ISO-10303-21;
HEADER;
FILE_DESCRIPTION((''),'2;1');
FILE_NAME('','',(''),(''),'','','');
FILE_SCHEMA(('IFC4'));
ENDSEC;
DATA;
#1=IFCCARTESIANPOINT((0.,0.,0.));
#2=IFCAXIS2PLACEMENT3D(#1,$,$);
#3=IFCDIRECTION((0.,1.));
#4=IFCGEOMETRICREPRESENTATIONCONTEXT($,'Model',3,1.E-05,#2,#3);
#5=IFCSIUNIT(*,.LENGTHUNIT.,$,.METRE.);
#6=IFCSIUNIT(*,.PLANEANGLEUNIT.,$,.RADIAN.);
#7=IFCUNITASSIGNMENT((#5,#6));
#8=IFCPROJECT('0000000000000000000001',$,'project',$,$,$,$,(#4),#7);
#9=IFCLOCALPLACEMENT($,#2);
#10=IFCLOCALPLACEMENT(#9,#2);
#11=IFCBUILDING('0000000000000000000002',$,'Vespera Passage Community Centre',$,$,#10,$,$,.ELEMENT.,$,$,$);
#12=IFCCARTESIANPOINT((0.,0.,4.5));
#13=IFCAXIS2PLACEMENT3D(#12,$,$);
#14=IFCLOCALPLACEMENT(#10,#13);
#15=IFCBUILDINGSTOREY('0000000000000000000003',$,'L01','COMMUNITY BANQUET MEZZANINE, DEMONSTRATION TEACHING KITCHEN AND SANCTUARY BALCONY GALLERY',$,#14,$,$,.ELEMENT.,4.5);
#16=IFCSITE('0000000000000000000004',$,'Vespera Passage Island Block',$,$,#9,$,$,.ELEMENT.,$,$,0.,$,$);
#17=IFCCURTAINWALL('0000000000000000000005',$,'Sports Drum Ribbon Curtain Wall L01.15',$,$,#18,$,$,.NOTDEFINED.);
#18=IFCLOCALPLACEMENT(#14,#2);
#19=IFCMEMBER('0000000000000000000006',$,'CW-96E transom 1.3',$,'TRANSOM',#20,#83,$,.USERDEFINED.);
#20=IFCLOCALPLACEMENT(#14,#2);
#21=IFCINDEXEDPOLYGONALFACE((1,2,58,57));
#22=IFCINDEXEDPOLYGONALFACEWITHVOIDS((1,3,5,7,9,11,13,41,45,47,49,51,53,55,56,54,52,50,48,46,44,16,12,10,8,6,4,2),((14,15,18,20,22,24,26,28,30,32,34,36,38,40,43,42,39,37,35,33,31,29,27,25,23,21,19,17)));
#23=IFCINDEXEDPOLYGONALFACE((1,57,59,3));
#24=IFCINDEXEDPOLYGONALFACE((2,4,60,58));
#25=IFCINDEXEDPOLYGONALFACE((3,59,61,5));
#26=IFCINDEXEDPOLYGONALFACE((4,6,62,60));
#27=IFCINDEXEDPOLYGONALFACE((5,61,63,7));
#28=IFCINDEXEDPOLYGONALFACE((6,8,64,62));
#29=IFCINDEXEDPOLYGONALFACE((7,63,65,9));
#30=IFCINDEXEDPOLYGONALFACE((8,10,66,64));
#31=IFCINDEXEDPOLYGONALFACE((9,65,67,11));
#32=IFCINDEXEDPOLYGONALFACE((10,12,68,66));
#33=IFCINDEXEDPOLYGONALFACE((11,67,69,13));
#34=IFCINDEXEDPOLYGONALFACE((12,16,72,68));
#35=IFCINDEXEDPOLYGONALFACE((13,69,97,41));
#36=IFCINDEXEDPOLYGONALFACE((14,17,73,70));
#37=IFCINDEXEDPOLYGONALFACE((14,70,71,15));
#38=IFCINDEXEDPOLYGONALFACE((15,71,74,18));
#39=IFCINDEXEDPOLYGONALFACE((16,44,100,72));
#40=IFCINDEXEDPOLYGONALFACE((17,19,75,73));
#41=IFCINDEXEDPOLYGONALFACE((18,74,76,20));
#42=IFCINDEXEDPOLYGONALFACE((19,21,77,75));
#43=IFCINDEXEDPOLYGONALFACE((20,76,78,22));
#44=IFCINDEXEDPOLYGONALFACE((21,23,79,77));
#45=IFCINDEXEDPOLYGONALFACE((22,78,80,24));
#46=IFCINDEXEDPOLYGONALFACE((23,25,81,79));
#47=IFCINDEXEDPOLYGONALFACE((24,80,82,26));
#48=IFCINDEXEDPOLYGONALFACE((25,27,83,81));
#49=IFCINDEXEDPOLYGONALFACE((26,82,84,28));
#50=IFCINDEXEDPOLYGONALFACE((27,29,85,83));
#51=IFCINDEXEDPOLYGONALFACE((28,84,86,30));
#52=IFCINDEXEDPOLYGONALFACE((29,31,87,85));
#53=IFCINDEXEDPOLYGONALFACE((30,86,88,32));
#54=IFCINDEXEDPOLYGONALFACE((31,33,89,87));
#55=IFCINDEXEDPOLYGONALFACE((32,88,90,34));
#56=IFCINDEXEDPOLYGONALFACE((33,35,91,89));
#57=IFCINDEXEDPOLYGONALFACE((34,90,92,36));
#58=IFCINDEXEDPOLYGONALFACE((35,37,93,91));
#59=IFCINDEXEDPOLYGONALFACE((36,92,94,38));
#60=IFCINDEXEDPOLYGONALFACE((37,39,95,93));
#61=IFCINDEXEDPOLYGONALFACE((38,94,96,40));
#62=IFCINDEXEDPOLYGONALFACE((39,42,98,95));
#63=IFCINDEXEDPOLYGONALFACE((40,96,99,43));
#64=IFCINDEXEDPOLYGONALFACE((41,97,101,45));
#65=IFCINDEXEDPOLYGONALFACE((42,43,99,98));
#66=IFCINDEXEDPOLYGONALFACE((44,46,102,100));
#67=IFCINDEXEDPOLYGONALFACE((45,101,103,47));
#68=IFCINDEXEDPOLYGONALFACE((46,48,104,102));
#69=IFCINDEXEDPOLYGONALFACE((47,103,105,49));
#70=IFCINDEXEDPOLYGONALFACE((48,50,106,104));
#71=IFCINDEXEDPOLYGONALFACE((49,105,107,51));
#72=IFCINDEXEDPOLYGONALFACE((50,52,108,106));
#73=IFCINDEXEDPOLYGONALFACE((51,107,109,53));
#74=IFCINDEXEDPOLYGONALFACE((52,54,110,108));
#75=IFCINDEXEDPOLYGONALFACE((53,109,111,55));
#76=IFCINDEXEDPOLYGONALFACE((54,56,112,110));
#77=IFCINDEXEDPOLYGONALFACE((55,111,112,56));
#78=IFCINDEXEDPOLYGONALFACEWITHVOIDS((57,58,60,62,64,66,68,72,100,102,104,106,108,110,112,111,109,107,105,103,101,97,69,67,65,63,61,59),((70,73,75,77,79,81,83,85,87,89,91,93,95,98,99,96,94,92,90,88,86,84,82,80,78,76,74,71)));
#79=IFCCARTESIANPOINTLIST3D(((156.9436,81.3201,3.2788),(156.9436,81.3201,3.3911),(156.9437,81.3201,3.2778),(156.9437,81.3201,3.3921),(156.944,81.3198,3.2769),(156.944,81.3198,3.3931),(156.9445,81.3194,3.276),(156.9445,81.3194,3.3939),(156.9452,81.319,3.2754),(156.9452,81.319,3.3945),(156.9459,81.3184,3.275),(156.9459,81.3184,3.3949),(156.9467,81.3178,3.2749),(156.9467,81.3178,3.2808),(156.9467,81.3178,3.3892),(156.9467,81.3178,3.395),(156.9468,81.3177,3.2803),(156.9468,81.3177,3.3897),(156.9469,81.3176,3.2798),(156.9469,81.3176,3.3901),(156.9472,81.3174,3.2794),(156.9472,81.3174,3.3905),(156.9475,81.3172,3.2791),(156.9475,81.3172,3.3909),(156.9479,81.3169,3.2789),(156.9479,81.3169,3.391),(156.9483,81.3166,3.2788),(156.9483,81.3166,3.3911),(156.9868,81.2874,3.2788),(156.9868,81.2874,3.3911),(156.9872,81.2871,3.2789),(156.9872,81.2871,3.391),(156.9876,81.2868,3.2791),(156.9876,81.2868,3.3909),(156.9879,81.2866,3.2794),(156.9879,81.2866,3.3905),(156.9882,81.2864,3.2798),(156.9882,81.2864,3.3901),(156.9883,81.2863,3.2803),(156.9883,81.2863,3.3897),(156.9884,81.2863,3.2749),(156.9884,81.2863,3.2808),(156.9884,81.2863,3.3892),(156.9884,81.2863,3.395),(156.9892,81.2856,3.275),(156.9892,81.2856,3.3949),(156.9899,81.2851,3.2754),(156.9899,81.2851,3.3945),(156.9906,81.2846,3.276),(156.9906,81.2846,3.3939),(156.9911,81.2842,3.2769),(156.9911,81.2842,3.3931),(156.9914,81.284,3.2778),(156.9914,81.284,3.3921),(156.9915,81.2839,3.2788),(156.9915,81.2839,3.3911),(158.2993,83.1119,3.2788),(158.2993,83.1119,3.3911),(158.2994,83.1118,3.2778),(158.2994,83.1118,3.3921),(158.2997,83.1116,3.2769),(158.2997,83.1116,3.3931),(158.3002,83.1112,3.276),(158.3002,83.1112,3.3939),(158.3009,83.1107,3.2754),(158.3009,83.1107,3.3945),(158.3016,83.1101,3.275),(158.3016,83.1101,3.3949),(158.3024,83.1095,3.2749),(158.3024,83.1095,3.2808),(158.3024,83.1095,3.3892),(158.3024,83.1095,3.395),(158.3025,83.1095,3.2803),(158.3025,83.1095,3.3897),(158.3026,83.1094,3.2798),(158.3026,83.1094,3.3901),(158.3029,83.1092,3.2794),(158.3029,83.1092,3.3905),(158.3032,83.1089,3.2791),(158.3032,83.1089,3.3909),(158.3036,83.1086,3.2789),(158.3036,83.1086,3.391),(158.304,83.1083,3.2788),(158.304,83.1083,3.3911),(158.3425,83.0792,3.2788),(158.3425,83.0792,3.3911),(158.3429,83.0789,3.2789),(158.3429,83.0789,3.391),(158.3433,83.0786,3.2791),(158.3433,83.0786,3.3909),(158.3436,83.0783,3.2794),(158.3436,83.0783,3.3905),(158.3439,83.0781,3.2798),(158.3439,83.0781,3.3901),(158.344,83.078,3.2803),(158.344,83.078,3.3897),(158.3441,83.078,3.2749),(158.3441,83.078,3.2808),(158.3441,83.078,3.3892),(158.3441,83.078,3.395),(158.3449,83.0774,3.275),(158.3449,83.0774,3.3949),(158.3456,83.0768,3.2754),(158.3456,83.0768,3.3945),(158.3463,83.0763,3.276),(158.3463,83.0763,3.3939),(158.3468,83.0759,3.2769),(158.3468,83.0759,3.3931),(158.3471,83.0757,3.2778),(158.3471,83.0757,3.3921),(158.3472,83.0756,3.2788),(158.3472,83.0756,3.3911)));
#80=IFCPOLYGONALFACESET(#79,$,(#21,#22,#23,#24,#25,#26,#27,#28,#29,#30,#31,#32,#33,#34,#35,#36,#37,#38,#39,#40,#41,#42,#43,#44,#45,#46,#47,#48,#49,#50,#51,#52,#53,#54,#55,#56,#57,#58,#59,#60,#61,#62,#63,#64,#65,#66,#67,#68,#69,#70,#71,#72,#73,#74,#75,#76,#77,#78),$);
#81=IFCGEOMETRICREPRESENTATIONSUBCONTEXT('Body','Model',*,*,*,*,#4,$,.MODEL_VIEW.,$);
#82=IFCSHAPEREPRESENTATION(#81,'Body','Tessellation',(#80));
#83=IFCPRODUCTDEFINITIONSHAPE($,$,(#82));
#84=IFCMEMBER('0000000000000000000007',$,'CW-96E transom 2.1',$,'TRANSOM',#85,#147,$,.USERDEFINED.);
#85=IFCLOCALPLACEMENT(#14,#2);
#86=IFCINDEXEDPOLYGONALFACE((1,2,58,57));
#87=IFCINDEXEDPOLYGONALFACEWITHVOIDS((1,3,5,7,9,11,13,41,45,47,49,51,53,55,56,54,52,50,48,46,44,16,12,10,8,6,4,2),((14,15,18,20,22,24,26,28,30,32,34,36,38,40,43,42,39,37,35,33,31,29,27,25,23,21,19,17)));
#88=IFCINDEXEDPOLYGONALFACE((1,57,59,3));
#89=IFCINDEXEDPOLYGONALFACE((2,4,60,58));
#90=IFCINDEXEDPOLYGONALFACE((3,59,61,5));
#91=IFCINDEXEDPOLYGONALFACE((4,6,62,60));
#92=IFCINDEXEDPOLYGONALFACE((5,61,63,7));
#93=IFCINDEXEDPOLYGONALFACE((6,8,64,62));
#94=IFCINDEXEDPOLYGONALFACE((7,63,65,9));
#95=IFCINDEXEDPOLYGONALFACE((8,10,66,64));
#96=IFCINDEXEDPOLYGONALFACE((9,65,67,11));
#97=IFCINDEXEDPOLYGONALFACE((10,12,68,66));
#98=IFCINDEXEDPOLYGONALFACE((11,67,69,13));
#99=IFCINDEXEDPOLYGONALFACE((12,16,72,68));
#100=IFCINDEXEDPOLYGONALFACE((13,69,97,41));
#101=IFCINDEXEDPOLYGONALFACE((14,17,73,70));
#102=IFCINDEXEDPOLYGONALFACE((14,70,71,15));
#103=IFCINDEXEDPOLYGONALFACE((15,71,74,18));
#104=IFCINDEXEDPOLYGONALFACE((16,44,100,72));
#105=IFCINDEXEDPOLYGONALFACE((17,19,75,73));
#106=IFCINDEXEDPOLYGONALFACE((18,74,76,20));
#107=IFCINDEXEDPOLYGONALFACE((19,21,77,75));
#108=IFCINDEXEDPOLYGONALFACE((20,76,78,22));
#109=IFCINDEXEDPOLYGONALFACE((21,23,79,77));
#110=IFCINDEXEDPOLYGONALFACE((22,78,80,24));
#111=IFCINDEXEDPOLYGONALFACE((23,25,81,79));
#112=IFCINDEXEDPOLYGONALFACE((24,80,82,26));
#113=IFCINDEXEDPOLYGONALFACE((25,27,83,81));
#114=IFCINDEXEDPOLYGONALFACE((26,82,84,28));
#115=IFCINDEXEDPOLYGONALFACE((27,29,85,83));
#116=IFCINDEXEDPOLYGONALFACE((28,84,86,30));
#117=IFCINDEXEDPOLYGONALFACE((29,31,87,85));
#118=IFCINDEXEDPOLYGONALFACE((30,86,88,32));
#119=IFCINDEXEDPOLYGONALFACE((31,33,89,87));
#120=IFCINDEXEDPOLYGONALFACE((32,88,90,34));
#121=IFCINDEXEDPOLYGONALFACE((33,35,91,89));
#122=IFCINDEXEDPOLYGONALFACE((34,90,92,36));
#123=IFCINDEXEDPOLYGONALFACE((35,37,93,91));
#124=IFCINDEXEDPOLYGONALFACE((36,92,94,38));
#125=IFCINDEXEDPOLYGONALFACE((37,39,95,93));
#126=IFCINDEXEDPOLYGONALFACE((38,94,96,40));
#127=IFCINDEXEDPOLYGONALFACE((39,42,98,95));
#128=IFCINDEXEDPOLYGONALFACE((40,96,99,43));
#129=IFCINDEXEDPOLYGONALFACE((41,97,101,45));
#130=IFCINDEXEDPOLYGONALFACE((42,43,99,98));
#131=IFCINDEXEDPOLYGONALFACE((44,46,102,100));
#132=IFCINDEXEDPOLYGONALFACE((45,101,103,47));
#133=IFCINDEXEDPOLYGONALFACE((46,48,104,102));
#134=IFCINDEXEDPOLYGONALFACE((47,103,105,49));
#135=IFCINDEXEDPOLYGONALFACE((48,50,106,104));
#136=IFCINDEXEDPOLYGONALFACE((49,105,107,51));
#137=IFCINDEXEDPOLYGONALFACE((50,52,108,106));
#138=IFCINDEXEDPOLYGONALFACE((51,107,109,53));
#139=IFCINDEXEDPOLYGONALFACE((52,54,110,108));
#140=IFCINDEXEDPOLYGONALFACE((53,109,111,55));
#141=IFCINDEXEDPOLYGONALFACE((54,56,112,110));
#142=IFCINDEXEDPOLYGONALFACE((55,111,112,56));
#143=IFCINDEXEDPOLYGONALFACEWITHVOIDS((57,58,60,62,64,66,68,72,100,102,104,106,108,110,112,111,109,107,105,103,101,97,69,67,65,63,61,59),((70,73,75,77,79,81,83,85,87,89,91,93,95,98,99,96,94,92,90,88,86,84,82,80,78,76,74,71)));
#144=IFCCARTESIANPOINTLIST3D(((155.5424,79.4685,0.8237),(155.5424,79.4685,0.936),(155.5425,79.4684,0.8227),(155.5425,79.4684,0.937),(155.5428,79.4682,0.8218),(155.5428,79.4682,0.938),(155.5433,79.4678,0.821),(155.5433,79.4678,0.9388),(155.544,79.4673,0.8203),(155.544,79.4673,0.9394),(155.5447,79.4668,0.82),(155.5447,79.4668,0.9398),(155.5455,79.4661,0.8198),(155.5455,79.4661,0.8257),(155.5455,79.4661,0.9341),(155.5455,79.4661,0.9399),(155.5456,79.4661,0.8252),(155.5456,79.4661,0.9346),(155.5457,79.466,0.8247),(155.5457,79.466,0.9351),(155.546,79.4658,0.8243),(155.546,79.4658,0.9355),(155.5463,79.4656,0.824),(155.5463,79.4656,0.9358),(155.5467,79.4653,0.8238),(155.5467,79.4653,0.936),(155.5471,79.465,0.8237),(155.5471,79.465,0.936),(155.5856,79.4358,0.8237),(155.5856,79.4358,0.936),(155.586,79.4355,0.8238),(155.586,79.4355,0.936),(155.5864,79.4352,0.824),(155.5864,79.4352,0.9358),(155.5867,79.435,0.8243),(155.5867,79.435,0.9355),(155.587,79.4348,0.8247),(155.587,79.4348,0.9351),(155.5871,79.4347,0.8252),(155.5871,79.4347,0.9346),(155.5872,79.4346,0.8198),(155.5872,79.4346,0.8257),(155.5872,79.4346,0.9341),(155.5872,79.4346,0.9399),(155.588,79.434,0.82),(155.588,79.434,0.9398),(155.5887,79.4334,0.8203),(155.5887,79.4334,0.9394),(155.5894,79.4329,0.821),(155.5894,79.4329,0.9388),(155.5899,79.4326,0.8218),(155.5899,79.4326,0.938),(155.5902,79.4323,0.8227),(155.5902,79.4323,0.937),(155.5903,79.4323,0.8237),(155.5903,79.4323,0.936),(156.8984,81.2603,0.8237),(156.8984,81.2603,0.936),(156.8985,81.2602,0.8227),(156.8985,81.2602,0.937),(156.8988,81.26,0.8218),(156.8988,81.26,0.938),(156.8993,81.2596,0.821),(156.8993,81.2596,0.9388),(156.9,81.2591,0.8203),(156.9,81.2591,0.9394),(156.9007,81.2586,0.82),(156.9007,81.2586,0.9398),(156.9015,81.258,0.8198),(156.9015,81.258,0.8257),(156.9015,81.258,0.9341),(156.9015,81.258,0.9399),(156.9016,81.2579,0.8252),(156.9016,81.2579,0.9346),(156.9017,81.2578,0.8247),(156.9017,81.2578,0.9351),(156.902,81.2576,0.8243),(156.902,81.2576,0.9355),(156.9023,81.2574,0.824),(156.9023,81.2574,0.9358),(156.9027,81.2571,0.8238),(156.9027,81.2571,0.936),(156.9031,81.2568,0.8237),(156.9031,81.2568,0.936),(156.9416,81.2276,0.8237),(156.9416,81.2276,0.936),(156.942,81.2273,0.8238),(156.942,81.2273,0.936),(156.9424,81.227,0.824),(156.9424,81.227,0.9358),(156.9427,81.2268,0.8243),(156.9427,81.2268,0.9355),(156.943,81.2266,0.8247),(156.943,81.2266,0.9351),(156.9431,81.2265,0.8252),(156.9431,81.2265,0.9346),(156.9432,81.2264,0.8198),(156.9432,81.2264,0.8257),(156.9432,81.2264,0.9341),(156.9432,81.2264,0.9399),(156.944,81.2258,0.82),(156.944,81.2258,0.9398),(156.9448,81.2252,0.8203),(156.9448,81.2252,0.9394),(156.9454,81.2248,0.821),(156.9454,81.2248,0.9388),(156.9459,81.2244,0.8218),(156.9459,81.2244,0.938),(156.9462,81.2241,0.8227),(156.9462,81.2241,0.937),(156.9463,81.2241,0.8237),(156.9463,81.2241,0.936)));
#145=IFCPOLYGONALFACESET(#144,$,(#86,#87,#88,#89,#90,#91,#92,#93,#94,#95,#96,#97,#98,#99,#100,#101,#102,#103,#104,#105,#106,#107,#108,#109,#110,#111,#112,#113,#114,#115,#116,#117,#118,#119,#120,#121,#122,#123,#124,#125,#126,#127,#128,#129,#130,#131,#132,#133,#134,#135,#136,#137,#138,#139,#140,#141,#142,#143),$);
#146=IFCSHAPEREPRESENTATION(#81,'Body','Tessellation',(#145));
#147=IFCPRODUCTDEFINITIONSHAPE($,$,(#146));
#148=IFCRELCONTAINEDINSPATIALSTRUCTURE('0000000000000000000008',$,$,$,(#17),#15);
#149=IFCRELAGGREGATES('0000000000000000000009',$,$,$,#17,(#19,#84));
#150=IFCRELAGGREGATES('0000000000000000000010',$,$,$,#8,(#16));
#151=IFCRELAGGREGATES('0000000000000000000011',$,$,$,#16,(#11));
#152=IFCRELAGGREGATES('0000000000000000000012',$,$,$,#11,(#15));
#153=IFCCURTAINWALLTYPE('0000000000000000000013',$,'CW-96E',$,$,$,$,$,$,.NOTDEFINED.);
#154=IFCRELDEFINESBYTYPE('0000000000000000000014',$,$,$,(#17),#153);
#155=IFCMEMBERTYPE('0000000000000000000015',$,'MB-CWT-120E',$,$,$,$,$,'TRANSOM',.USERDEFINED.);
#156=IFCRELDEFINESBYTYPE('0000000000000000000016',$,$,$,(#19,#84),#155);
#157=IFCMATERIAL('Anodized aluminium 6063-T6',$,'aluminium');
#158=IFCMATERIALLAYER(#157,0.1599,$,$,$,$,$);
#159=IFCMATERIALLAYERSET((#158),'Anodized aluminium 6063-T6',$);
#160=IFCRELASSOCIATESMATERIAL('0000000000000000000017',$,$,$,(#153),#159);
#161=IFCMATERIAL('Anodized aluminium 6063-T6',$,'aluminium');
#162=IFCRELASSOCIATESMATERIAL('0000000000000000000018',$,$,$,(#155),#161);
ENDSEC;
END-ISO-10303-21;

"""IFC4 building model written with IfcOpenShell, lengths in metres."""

from ifc_helpers import new_model, si_unit, direction, frame, origin, origin_2d, place, context, subcontext, project, spatial, hollow_rectangle, extrude, material, layer, layer_set, material_profile, profile_set, type_object, element, aggregate, save


model = new_model("IFC4")

# Units and contexts
model_context = context("Model", 3, precision=1e-05, world=origin(), true_north=direction((0.0, 1.0)))
body_context = subcontext(model_context, "Body", "Model", "MODEL_VIEW")
ifc_project = project(units=[si_unit("LENGTHUNIT", "METRE"), si_unit("PLANEANGLEUNIT", "RADIAN")], contexts=[model_context])

# Site, building, storey
site_placement = place(None, origin())
site = spatial("IfcSite", under=ifc_project, at=site_placement, Name="Vespera Passage Island Block", CompositionType="ELEMENT", RefElevation=0.0)
building_placement = place(site_placement, origin())
building = spatial("IfcBuilding", under=site, at=building_placement, Name="Vespera Passage Community Centre", CompositionType="ELEMENT")
storey_placement = place(building_placement, frame((0.0, 0.0, 4.5)))
storey = spatial("IfcBuildingStorey", under=building, at=storey_placement, Name="L01", Description="COMMUNITY BANQUET MEZZANINE, DEMONSTRATION TEACHING KITCHEN AND SANCTUARY BALCONY GALLERY", CompositionType="ELEMENT", Elevation=4.5)

# Curtain wall
ifc_material_1 = material(Name="Anodized aluminium 6063-T6", Category="aluminium")
ifc_layer_1 = layer(ifc_material_1, 0.1599)
ifc_layer_set_1 = layer_set([ifc_layer_1], Name="Anodized aluminium 6063-T6")
curtain_wall_type_1 = type_object("IfcCurtainWallType", Name="CW-96E", PredefinedType="NOTDEFINED", material=ifc_layer_set_1)
curtain_wall_1_placement = place(storey_placement, origin())
curtain_wall_1 = element("IfcCurtainWall", 1, at=curtain_wall_1_placement, inside=storey, type_object=curtain_wall_type_1, Name="Sports Drum Ribbon Curtain Wall L01.15", PredefinedType="NOTDEFINED")

# Members
ifc_material_2 = material(Name="Anodized aluminium 6063-T6", Category="aluminium")
ifc_material_profile_1 = material_profile(ifc_material_2, hollow_rectangle(XDim=0.0601, YDim=0.1201, WallThickness=0.0039, InnerFilletRadius=0.002, OuterFilletRadius=0.0039, at=origin_2d()), Name="ALU120X60X4")
ifc_profile_set_1 = profile_set([ifc_material_profile_1], Name="Anodized aluminium 6063-T6")
member_type_1 = type_object("IfcMemberType", Name="MB-CWT-120E", ElementType="TRANSOM", PredefinedType="USERDEFINED", material=ifc_profile_set_1)
member_1_placement = place(storey_placement, frame((158.3232, 83.0938, 3.335), z_axis=(-0.603385, -0.79745, 0.0), x_axis=(0.79745, -0.603385, 0.0)))
member_1 = element("IfcMember", 2, at=member_1_placement, type_object=member_type_1, Name="CW-96E transom 1.3", ObjectType="TRANSOM", PredefinedType="USERDEFINED", context=body_context, shape_type="SweptSolid", body=[
    extrude(hollow_rectangle(XDim=0.0601, YDim=0.1201, WallThickness=0.0039, InnerFilletRadius=0.002, OuterFilletRadius=0.0039, at=origin_2d()), origin(), (0.0, 0.0, 1.0), 2.2468),
])
member_2_placement = place(storey_placement, frame((156.9224, 81.2422, 0.8799), z_axis=(-0.603454, -0.797398, 0.0), x_axis=(0.797398, -0.603454, 0.0)))
member_2 = element("IfcMember", 3, at=member_2_placement, type_object=member_type_1, Name="CW-96E transom 2.1", ObjectType="TRANSOM", PredefinedType="USERDEFINED", context=body_context, shape_type="SweptSolid", body=[
    extrude(hollow_rectangle(XDim=0.0601, YDim=0.1201, WallThickness=0.0039, InnerFilletRadius=0.002, OuterFilletRadius=0.0039, at=origin_2d()), origin(), (0.0, 0.0, 1.0), 2.2471),
])

aggregate(curtain_wall_1, [member_1, member_2])

save(model, "model.ifc")
